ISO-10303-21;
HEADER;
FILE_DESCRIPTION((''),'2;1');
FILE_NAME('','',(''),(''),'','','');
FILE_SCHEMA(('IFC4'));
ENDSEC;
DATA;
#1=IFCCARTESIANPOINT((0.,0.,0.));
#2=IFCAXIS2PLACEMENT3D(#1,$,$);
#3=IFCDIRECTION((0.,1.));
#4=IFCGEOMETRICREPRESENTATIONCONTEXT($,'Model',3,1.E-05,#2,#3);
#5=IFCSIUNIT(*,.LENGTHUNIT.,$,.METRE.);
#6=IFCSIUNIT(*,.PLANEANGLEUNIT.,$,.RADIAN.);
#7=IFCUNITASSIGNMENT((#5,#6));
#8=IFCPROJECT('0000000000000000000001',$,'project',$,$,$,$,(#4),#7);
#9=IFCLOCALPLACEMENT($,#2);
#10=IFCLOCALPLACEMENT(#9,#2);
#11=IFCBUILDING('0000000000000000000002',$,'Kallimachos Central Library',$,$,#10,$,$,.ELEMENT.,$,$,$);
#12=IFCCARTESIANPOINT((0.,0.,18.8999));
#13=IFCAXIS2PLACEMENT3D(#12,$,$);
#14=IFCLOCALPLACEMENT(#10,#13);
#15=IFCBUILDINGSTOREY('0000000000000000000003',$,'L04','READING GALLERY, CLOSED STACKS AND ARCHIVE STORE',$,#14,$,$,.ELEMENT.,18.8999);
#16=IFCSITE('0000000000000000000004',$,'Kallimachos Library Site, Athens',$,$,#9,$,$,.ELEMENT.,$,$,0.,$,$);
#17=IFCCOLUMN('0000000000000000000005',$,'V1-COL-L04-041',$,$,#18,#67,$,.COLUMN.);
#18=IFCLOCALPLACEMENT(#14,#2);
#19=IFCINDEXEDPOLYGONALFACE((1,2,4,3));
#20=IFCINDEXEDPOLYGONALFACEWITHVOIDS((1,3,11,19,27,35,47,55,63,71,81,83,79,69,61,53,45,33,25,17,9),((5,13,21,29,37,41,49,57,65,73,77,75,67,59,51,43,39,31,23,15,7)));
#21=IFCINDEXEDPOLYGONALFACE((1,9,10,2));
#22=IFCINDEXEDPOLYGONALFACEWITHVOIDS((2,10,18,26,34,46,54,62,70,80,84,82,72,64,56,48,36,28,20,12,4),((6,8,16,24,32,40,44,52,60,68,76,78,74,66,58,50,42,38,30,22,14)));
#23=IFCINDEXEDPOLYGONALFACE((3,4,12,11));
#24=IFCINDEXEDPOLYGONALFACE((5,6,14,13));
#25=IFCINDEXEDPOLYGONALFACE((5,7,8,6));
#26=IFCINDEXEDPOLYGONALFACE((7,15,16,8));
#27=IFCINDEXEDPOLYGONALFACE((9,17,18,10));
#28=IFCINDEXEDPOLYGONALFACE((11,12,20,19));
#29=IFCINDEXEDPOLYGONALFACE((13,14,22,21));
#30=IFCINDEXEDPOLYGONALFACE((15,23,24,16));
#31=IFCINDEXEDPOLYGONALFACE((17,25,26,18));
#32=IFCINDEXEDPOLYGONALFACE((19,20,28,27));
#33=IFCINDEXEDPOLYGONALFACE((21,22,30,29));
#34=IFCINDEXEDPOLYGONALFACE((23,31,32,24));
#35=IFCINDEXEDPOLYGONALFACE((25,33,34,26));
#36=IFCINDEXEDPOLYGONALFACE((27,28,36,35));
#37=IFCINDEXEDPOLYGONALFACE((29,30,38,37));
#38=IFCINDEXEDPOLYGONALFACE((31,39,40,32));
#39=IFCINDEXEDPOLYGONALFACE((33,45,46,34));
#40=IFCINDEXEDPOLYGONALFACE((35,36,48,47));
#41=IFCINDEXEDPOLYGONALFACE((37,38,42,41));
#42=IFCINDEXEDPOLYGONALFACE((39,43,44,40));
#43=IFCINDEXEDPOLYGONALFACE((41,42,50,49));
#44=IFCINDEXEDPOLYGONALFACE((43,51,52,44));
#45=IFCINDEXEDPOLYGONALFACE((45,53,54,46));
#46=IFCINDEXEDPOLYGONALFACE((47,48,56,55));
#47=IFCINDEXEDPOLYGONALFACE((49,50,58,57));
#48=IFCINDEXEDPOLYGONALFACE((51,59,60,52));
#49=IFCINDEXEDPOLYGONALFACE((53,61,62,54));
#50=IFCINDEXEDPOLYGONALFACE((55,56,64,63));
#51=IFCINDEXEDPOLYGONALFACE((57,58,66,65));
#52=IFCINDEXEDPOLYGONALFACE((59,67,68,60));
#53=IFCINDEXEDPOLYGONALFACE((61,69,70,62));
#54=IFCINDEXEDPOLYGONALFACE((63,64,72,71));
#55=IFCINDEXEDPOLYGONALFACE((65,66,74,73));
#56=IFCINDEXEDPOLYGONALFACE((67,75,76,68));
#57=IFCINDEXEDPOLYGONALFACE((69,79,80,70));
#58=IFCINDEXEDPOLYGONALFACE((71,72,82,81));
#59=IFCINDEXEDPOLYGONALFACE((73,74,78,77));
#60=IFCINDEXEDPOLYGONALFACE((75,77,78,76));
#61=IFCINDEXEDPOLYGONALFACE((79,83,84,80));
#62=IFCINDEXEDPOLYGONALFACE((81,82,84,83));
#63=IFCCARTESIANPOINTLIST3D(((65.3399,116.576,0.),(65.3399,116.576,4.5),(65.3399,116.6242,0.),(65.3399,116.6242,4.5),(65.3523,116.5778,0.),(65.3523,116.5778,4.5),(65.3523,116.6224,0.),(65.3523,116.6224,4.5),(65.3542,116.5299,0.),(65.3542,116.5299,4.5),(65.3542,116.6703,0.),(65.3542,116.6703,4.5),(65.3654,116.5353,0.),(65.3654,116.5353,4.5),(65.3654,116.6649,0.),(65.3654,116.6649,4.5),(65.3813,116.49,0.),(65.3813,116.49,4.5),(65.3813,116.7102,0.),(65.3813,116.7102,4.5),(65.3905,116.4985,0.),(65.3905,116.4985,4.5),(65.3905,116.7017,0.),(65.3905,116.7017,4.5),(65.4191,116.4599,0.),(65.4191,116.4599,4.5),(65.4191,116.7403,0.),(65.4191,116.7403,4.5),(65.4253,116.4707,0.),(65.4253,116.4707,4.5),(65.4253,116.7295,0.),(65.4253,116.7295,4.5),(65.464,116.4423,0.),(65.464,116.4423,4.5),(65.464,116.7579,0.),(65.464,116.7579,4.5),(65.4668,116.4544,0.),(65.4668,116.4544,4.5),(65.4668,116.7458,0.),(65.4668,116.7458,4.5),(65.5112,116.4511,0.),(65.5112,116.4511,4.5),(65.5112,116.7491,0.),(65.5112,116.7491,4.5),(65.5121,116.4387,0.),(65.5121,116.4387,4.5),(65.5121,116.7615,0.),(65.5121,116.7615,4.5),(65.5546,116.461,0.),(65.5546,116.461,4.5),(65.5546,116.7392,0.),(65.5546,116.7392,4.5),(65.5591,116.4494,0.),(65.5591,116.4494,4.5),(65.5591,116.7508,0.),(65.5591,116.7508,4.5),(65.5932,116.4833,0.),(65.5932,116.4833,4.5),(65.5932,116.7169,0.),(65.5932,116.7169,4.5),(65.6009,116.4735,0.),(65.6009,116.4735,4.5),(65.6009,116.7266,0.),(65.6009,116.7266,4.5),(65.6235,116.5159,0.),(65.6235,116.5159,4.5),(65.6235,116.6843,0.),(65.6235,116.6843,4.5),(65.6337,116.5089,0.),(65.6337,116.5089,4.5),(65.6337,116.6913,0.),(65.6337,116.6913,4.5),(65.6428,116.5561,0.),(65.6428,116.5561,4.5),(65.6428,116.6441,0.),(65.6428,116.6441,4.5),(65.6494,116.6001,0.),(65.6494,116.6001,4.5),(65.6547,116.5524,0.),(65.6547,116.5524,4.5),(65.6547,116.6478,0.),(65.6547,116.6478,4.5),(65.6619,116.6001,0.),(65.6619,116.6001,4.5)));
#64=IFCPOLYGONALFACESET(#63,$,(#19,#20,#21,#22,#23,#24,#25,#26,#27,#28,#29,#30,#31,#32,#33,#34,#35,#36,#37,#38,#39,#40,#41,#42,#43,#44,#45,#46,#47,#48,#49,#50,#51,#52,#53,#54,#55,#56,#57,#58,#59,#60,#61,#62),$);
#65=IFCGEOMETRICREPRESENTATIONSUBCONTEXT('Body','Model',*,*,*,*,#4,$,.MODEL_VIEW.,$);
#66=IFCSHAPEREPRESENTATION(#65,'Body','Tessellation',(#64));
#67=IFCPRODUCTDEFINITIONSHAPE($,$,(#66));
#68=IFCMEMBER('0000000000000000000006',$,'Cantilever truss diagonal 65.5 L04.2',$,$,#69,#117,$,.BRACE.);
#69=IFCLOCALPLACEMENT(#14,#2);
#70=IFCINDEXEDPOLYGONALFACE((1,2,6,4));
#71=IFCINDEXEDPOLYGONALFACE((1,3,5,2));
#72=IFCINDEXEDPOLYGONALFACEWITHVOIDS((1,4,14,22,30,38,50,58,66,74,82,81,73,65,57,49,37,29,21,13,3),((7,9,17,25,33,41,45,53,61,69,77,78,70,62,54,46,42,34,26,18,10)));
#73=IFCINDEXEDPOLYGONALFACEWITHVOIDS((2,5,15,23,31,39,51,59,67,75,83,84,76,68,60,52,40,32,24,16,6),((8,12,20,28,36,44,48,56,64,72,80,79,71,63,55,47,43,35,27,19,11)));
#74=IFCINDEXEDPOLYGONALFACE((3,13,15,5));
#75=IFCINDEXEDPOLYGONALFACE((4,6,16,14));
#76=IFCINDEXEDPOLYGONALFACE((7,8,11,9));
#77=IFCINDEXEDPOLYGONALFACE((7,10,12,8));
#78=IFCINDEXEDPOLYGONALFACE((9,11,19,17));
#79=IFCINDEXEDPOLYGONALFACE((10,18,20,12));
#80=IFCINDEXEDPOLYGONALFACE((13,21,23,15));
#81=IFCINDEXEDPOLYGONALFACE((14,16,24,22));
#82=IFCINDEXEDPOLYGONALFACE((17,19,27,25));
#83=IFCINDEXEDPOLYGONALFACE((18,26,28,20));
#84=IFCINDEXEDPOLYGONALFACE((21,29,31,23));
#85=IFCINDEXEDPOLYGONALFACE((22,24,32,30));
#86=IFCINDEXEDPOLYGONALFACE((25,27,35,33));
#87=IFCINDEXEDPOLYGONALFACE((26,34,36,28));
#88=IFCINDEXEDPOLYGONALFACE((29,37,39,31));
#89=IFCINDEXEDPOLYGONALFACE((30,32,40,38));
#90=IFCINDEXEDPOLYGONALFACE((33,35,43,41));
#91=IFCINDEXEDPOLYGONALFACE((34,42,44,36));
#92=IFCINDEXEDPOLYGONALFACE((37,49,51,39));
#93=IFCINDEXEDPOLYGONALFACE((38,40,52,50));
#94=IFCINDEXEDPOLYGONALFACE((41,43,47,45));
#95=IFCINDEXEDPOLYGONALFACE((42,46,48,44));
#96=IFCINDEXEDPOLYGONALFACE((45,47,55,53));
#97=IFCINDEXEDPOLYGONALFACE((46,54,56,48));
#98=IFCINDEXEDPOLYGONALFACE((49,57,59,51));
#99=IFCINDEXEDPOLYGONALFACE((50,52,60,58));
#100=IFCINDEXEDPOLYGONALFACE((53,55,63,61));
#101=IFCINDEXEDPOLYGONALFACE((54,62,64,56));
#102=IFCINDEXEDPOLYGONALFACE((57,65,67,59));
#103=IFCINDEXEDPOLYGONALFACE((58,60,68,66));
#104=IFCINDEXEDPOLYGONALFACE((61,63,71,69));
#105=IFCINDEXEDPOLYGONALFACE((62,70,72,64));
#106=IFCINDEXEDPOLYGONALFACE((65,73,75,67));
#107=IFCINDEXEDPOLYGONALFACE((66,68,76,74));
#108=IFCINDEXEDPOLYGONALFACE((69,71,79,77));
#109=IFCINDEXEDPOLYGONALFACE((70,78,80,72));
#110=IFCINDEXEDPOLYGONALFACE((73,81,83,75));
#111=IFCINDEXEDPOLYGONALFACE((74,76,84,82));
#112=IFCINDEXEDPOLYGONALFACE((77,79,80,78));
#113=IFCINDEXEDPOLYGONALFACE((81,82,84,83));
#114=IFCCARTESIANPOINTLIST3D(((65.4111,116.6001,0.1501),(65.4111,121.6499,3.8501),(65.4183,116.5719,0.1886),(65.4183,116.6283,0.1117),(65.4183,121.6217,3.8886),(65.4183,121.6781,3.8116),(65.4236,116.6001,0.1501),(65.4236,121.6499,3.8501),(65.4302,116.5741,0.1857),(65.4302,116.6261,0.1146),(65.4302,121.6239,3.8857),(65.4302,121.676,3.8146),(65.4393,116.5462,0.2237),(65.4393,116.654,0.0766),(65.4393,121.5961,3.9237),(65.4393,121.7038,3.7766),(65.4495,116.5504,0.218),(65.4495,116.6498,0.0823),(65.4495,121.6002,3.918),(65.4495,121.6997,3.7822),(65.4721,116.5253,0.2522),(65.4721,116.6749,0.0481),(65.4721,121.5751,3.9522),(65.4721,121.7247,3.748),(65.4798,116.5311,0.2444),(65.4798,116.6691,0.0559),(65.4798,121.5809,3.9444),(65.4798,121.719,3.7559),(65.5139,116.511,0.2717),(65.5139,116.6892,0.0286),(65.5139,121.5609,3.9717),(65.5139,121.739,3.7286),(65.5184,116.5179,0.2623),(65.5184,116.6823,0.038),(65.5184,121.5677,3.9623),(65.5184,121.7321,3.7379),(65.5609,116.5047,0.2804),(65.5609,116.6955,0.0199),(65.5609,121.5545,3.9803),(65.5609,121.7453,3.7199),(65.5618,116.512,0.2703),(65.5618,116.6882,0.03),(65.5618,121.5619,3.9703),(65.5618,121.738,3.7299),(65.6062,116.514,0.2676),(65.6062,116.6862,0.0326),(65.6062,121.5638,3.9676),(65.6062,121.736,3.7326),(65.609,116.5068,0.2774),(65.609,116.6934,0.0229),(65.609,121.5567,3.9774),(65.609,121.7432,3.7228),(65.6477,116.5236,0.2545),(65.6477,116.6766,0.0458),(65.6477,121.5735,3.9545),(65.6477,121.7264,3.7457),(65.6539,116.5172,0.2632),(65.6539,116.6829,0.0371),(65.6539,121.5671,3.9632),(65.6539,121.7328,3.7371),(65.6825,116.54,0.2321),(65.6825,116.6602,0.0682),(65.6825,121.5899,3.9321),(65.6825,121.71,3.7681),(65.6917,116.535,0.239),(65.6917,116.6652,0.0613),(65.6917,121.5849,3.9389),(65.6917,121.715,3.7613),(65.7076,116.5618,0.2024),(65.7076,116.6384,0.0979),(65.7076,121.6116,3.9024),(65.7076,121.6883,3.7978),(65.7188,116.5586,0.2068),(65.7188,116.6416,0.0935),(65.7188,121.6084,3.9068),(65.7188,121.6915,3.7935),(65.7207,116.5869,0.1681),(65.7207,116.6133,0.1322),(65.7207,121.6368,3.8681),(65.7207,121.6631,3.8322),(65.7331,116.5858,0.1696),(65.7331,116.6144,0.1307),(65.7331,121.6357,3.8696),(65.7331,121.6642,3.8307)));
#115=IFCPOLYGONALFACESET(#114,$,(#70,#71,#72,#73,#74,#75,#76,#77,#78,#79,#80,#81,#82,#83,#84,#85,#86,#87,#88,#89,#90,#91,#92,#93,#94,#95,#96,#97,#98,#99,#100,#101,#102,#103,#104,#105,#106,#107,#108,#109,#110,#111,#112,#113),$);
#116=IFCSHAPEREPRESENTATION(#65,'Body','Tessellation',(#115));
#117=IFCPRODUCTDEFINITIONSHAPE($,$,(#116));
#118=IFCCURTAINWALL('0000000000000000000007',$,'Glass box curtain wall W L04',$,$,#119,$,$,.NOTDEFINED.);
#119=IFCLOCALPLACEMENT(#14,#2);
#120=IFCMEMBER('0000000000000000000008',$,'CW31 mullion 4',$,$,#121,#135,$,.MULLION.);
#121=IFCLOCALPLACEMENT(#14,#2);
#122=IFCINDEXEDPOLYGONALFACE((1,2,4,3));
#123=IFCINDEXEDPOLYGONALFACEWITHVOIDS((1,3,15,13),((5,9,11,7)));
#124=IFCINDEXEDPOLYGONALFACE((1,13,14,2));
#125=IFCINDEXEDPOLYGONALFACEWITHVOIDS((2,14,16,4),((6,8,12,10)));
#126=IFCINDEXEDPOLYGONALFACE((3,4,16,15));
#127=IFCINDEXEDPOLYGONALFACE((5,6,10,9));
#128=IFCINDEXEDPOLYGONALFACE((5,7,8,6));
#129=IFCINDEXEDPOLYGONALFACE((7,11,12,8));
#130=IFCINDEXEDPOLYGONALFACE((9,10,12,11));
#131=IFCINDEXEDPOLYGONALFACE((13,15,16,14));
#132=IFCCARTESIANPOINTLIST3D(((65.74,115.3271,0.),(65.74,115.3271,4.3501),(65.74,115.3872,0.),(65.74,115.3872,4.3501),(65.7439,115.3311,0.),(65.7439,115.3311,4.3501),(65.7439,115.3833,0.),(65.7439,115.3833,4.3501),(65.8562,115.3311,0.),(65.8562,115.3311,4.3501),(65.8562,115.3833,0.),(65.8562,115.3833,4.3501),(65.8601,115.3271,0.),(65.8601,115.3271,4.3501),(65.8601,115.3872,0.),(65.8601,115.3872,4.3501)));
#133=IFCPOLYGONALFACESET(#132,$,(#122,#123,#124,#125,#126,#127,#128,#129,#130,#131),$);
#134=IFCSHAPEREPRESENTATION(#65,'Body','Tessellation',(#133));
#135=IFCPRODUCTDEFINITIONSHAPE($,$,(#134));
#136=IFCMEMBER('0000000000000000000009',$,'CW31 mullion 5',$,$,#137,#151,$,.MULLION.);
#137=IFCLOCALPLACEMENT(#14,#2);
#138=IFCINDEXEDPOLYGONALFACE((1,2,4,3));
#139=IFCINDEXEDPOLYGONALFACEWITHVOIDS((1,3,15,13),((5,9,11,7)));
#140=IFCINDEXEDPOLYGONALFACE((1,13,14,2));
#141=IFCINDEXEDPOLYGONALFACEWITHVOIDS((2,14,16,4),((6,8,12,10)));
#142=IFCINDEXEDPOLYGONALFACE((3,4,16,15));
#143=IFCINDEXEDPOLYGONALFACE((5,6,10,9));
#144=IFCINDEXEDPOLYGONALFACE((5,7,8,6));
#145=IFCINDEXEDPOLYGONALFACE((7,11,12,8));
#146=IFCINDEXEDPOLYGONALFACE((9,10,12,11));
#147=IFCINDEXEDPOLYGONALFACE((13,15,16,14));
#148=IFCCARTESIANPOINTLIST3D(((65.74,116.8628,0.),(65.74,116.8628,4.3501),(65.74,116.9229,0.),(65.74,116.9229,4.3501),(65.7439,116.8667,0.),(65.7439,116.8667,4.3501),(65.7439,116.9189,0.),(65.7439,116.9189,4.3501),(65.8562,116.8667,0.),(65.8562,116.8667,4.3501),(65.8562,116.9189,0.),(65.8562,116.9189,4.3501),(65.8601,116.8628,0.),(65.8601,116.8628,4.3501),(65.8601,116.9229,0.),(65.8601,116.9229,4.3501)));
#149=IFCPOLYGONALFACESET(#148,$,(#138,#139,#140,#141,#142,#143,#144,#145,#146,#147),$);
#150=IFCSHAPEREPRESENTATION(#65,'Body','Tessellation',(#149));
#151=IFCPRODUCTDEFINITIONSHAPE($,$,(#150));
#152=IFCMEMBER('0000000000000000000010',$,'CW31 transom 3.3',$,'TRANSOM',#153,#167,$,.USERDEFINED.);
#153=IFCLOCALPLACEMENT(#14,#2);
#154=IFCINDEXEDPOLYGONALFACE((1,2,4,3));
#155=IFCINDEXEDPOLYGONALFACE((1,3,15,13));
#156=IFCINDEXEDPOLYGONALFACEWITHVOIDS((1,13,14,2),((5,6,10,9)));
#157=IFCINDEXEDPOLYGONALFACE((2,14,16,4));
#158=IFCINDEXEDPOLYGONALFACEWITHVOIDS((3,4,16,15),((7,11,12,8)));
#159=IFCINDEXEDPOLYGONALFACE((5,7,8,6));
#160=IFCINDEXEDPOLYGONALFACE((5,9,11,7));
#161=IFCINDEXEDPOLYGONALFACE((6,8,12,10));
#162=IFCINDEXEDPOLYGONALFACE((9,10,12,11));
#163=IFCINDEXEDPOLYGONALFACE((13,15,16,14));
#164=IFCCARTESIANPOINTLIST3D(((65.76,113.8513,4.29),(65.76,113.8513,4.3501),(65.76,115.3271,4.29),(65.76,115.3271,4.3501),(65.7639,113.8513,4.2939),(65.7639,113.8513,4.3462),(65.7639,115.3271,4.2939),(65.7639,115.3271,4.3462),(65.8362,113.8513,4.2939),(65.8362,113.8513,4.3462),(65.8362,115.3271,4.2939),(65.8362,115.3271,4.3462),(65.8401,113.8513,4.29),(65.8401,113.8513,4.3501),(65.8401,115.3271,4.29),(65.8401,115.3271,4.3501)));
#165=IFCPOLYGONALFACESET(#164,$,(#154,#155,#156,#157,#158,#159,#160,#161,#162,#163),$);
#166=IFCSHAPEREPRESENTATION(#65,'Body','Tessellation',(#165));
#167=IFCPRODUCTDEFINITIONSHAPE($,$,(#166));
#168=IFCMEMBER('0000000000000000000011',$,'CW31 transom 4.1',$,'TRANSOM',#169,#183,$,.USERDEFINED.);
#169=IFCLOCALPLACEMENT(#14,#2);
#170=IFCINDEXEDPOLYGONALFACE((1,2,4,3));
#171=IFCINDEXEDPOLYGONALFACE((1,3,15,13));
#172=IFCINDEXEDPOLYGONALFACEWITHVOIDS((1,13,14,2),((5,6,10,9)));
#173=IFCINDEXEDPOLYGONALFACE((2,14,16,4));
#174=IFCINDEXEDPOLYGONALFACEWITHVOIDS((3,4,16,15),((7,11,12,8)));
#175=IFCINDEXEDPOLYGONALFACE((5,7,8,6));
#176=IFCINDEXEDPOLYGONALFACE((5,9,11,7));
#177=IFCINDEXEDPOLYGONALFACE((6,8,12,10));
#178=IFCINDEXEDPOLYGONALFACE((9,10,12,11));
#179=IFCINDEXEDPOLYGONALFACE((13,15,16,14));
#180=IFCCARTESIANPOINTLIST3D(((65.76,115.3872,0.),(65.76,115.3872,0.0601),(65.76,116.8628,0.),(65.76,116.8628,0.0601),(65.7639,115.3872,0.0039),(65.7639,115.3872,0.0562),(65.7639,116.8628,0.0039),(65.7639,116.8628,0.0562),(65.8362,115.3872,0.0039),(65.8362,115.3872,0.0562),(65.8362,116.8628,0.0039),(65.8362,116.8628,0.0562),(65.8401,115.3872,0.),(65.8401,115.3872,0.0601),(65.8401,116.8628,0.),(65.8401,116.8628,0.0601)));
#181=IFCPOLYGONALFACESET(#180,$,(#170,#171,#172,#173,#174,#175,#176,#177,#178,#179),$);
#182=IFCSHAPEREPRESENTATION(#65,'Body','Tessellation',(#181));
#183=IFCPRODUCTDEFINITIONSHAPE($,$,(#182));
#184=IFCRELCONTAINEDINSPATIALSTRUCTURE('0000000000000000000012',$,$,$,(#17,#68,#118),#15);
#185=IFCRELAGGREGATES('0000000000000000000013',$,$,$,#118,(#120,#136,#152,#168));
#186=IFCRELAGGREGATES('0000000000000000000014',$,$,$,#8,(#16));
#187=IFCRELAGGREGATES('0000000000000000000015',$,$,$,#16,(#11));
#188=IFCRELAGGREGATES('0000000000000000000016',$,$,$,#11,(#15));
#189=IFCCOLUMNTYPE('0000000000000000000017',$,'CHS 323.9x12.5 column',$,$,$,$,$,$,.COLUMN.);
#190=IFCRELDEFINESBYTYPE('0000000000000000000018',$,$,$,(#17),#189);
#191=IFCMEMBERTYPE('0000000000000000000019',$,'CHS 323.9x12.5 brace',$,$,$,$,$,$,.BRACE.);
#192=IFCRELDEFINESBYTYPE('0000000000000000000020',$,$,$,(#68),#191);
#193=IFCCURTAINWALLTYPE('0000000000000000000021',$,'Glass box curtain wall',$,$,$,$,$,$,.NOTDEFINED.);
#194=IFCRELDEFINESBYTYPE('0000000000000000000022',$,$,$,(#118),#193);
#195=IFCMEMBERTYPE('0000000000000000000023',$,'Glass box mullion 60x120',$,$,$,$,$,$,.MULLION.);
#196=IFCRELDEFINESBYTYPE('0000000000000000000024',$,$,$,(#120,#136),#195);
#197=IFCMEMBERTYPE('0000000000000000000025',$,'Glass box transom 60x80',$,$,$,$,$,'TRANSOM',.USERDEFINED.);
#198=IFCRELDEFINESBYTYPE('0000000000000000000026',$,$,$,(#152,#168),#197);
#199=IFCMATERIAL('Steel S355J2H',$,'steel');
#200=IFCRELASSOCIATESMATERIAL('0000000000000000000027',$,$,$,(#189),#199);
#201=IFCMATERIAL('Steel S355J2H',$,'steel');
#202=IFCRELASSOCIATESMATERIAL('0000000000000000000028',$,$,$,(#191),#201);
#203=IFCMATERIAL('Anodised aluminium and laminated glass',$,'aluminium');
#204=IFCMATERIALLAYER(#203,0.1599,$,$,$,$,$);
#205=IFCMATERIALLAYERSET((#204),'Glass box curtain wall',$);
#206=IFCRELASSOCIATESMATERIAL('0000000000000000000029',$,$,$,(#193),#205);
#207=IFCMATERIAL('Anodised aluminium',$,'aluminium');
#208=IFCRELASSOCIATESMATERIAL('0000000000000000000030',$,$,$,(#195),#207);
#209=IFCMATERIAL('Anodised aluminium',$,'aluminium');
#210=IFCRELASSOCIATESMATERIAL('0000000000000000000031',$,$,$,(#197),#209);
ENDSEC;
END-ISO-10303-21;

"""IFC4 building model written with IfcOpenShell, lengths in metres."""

from ifc_helpers import new_model, si_unit, direction, frame, origin, origin_2d, place, context, subcontext, project, spatial, hollow_rectangle, hollow_circle, extrude, material, layer, layer_set, material_profile, profile_set, type_object, element, aggregate, save


model = new_model("IFC4")

# Units and contexts
model_context = context("Model", 3, precision=1e-05, world=origin(), true_north=direction((0.0, 1.0)))
body_context = subcontext(model_context, "Body", "Model", "MODEL_VIEW")
ifc_project = project(units=[si_unit("LENGTHUNIT", "METRE"), si_unit("PLANEANGLEUNIT", "RADIAN")], contexts=[model_context])

# Site, building, storey
site_placement = place(None, origin())
site = spatial("IfcSite", under=ifc_project, at=site_placement, Name="Kallimachos Library Site, Athens", CompositionType="ELEMENT", RefElevation=0.0)
building_placement = place(site_placement, origin())
building = spatial("IfcBuilding", under=site, at=building_placement, Name="Kallimachos Central Library", CompositionType="ELEMENT")
storey_placement = place(building_placement, frame((0.0, 0.0, 18.8999)))
storey = spatial("IfcBuildingStorey", under=building, at=storey_placement, Name="L04", Description="READING GALLERY, CLOSED STACKS AND ARCHIVE STORE", CompositionType="ELEMENT", Elevation=18.8999)

# Column
ifc_material_1 = material(Name="Steel S355J2H", Category="steel")
ifc_material_profile_1 = material_profile(ifc_material_1, hollow_circle(Radius=0.1619, WallThickness=0.0125, at=origin_2d()), Name="CHS 323.9x12.5")
ifc_profile_set_1 = profile_set([ifc_material_profile_1], Name="Steel S355J2H")
column_type = type_object("IfcColumnType", Name="CHS 323.9x12.5 column", PredefinedType="COLUMN", material=ifc_profile_set_1)
column_placement = place(storey_placement, frame((65.5, 116.6001, 0.0), z_axis=(0.0, 0.0, 1.0), x_axis=(1.0, 0.0, 0.0)))
element("IfcColumn", 1, at=column_placement, inside=storey, type_object=column_type, Name="V1-COL-L04-041", PredefinedType="COLUMN", context=body_context, shape_type="SweptSolid", body=[
    extrude(hollow_circle(Radius=0.1619, WallThickness=0.0125, at=origin_2d()), origin(), (0.0, 0.0, 1.0), 4.5),
])

# Member
ifc_material_2 = material(Name="Steel S355J2H", Category="steel")
ifc_material_profile_2 = material_profile(ifc_material_2, hollow_circle(Radius=0.1619, WallThickness=0.0125, at=origin_2d()), Name="CHS 323.9x12.5")
ifc_profile_set_2 = profile_set([ifc_material_profile_2], Name="Steel S355J2H")
member_type_1 = type_object("IfcMemberType", Name="CHS 323.9x12.5 brace", PredefinedType="BRACE", material=ifc_profile_set_2)
member_1_placement = place(storey_placement, frame((65.573, 116.6001, 0.1501), z_axis=(0.0, 0.806652, 0.591027), x_axis=(-1.0, 0.0, 0.0)))
element("IfcMember", 2, at=member_1_placement, inside=storey, type_object=member_type_1, Name="Cantilever truss diagonal 65.5 L04.2", PredefinedType="BRACE", context=body_context, shape_type="SweptSolid", body=[
    extrude(hollow_circle(Radius=0.1619, WallThickness=0.0125, at=origin_2d()), origin(), (0.0, 0.0, 1.0), 6.2603),
])

# Curtain wall, members
ifc_material_3 = material(Name="Anodised aluminium and laminated glass", Category="aluminium")
ifc_layer_1 = layer(ifc_material_3, 0.1599)
ifc_layer_set_1 = layer_set([ifc_layer_1], Name="Glass box curtain wall")
curtain_wall_type = type_object("IfcCurtainWallType", Name="Glass box curtain wall", PredefinedType="NOTDEFINED", material=ifc_layer_set_1)
curtain_wall_placement = place(storey_placement, origin())
curtain_wall = element("IfcCurtainWall", 3, at=curtain_wall_placement, inside=storey, type_object=curtain_wall_type, Name="Glass box curtain wall W L04", PredefinedType="NOTDEFINED")
ifc_material_4 = material(Name="Anodised aluminium", Category="aluminium")
ifc_material_profile_3 = material_profile(ifc_material_4, hollow_rectangle(XDim=0.0601, YDim=0.1201, WallThickness=0.0039, at=origin_2d()), Name="ALU MULLION 60x120")
ifc_profile_set_3 = profile_set([ifc_material_profile_3], Name="Anodised aluminium")
member_type_2 = type_object("IfcMemberType", Name="Glass box mullion 60x120", PredefinedType="MULLION", material=ifc_profile_set_3)
member_2_placement = place(storey_placement, frame((65.8, 115.3572, 0.0), z_axis=(0.0, 0.0, 1.0), x_axis=(0.0, 1.0, 0.0)))
member_2 = element("IfcMember", 4, at=member_2_placement, type_object=member_type_2, Name="CW31 mullion 4", PredefinedType="MULLION", context=body_context, shape_type="SweptSolid", body=[
    extrude(hollow_rectangle(XDim=0.0601, YDim=0.1201, WallThickness=0.0039, at=origin_2d()), origin(), (0.0, 0.0, 1.0), 4.3501),
])
member_3_placement = place(storey_placement, frame((65.8, 116.8928, 0.0), z_axis=(0.0, 0.0, 1.0), x_axis=(0.0, 1.0, 0.0)))
member_3 = element("IfcMember", 5, at=member_3_placement, type_object=member_type_2, Name="CW31 mullion 5", PredefinedType="MULLION", context=body_context, shape_type="SweptSolid", body=[
    extrude(hollow_rectangle(XDim=0.0601, YDim=0.1201, WallThickness=0.0039, at=origin_2d()), origin(), (0.0, 0.0, 1.0), 4.3501),
])
ifc_material_5 = material(Name="Anodised aluminium", Category="aluminium")
ifc_material_profile_4 = material_profile(ifc_material_5, hollow_rectangle(XDim=0.0601, YDim=0.0801, WallThickness=0.0039, at=origin_2d()), Name="ALU TRANSOM 60x80")
ifc_profile_set_4 = profile_set([ifc_material_profile_4], Name="Anodised aluminium")
member_type_3 = type_object("IfcMemberType", Name="Glass box transom 60x80", ElementType="TRANSOM", PredefinedType="USERDEFINED", material=ifc_profile_set_4)
member_4_placement = place(storey_placement, frame((65.8, 113.8513, 4.3201), z_axis=(0.0, 1.0, 0.0), x_axis=(0.0, 0.0, 1.0)))
member_4 = element("IfcMember", 6, at=member_4_placement, type_object=member_type_3, Name="CW31 transom 3.3", ObjectType="TRANSOM", PredefinedType="USERDEFINED", context=body_context, shape_type="SweptSolid", body=[
    extrude(hollow_rectangle(XDim=0.0601, YDim=0.0801, WallThickness=0.0039, at=origin_2d()), origin(), (0.0, 0.0, 1.0), 1.4758),
])
member_5_placement = place(storey_placement, frame((65.8, 115.3872, 0.03), z_axis=(0.0, 1.0, 0.0), x_axis=(0.0, 0.0, 1.0)))
member_5 = element("IfcMember", 7, at=member_5_placement, type_object=member_type_3, Name="CW31 transom 4.1", ObjectType="TRANSOM", PredefinedType="USERDEFINED", context=body_context, shape_type="SweptSolid", body=[
    extrude(hollow_rectangle(XDim=0.0601, YDim=0.0801, WallThickness=0.0039, at=origin_2d()), origin(), (0.0, 0.0, 1.0), 1.4756),
])

aggregate(curtain_wall, [member_2, member_3, member_4, member_5])

save(model, "model.ifc")
